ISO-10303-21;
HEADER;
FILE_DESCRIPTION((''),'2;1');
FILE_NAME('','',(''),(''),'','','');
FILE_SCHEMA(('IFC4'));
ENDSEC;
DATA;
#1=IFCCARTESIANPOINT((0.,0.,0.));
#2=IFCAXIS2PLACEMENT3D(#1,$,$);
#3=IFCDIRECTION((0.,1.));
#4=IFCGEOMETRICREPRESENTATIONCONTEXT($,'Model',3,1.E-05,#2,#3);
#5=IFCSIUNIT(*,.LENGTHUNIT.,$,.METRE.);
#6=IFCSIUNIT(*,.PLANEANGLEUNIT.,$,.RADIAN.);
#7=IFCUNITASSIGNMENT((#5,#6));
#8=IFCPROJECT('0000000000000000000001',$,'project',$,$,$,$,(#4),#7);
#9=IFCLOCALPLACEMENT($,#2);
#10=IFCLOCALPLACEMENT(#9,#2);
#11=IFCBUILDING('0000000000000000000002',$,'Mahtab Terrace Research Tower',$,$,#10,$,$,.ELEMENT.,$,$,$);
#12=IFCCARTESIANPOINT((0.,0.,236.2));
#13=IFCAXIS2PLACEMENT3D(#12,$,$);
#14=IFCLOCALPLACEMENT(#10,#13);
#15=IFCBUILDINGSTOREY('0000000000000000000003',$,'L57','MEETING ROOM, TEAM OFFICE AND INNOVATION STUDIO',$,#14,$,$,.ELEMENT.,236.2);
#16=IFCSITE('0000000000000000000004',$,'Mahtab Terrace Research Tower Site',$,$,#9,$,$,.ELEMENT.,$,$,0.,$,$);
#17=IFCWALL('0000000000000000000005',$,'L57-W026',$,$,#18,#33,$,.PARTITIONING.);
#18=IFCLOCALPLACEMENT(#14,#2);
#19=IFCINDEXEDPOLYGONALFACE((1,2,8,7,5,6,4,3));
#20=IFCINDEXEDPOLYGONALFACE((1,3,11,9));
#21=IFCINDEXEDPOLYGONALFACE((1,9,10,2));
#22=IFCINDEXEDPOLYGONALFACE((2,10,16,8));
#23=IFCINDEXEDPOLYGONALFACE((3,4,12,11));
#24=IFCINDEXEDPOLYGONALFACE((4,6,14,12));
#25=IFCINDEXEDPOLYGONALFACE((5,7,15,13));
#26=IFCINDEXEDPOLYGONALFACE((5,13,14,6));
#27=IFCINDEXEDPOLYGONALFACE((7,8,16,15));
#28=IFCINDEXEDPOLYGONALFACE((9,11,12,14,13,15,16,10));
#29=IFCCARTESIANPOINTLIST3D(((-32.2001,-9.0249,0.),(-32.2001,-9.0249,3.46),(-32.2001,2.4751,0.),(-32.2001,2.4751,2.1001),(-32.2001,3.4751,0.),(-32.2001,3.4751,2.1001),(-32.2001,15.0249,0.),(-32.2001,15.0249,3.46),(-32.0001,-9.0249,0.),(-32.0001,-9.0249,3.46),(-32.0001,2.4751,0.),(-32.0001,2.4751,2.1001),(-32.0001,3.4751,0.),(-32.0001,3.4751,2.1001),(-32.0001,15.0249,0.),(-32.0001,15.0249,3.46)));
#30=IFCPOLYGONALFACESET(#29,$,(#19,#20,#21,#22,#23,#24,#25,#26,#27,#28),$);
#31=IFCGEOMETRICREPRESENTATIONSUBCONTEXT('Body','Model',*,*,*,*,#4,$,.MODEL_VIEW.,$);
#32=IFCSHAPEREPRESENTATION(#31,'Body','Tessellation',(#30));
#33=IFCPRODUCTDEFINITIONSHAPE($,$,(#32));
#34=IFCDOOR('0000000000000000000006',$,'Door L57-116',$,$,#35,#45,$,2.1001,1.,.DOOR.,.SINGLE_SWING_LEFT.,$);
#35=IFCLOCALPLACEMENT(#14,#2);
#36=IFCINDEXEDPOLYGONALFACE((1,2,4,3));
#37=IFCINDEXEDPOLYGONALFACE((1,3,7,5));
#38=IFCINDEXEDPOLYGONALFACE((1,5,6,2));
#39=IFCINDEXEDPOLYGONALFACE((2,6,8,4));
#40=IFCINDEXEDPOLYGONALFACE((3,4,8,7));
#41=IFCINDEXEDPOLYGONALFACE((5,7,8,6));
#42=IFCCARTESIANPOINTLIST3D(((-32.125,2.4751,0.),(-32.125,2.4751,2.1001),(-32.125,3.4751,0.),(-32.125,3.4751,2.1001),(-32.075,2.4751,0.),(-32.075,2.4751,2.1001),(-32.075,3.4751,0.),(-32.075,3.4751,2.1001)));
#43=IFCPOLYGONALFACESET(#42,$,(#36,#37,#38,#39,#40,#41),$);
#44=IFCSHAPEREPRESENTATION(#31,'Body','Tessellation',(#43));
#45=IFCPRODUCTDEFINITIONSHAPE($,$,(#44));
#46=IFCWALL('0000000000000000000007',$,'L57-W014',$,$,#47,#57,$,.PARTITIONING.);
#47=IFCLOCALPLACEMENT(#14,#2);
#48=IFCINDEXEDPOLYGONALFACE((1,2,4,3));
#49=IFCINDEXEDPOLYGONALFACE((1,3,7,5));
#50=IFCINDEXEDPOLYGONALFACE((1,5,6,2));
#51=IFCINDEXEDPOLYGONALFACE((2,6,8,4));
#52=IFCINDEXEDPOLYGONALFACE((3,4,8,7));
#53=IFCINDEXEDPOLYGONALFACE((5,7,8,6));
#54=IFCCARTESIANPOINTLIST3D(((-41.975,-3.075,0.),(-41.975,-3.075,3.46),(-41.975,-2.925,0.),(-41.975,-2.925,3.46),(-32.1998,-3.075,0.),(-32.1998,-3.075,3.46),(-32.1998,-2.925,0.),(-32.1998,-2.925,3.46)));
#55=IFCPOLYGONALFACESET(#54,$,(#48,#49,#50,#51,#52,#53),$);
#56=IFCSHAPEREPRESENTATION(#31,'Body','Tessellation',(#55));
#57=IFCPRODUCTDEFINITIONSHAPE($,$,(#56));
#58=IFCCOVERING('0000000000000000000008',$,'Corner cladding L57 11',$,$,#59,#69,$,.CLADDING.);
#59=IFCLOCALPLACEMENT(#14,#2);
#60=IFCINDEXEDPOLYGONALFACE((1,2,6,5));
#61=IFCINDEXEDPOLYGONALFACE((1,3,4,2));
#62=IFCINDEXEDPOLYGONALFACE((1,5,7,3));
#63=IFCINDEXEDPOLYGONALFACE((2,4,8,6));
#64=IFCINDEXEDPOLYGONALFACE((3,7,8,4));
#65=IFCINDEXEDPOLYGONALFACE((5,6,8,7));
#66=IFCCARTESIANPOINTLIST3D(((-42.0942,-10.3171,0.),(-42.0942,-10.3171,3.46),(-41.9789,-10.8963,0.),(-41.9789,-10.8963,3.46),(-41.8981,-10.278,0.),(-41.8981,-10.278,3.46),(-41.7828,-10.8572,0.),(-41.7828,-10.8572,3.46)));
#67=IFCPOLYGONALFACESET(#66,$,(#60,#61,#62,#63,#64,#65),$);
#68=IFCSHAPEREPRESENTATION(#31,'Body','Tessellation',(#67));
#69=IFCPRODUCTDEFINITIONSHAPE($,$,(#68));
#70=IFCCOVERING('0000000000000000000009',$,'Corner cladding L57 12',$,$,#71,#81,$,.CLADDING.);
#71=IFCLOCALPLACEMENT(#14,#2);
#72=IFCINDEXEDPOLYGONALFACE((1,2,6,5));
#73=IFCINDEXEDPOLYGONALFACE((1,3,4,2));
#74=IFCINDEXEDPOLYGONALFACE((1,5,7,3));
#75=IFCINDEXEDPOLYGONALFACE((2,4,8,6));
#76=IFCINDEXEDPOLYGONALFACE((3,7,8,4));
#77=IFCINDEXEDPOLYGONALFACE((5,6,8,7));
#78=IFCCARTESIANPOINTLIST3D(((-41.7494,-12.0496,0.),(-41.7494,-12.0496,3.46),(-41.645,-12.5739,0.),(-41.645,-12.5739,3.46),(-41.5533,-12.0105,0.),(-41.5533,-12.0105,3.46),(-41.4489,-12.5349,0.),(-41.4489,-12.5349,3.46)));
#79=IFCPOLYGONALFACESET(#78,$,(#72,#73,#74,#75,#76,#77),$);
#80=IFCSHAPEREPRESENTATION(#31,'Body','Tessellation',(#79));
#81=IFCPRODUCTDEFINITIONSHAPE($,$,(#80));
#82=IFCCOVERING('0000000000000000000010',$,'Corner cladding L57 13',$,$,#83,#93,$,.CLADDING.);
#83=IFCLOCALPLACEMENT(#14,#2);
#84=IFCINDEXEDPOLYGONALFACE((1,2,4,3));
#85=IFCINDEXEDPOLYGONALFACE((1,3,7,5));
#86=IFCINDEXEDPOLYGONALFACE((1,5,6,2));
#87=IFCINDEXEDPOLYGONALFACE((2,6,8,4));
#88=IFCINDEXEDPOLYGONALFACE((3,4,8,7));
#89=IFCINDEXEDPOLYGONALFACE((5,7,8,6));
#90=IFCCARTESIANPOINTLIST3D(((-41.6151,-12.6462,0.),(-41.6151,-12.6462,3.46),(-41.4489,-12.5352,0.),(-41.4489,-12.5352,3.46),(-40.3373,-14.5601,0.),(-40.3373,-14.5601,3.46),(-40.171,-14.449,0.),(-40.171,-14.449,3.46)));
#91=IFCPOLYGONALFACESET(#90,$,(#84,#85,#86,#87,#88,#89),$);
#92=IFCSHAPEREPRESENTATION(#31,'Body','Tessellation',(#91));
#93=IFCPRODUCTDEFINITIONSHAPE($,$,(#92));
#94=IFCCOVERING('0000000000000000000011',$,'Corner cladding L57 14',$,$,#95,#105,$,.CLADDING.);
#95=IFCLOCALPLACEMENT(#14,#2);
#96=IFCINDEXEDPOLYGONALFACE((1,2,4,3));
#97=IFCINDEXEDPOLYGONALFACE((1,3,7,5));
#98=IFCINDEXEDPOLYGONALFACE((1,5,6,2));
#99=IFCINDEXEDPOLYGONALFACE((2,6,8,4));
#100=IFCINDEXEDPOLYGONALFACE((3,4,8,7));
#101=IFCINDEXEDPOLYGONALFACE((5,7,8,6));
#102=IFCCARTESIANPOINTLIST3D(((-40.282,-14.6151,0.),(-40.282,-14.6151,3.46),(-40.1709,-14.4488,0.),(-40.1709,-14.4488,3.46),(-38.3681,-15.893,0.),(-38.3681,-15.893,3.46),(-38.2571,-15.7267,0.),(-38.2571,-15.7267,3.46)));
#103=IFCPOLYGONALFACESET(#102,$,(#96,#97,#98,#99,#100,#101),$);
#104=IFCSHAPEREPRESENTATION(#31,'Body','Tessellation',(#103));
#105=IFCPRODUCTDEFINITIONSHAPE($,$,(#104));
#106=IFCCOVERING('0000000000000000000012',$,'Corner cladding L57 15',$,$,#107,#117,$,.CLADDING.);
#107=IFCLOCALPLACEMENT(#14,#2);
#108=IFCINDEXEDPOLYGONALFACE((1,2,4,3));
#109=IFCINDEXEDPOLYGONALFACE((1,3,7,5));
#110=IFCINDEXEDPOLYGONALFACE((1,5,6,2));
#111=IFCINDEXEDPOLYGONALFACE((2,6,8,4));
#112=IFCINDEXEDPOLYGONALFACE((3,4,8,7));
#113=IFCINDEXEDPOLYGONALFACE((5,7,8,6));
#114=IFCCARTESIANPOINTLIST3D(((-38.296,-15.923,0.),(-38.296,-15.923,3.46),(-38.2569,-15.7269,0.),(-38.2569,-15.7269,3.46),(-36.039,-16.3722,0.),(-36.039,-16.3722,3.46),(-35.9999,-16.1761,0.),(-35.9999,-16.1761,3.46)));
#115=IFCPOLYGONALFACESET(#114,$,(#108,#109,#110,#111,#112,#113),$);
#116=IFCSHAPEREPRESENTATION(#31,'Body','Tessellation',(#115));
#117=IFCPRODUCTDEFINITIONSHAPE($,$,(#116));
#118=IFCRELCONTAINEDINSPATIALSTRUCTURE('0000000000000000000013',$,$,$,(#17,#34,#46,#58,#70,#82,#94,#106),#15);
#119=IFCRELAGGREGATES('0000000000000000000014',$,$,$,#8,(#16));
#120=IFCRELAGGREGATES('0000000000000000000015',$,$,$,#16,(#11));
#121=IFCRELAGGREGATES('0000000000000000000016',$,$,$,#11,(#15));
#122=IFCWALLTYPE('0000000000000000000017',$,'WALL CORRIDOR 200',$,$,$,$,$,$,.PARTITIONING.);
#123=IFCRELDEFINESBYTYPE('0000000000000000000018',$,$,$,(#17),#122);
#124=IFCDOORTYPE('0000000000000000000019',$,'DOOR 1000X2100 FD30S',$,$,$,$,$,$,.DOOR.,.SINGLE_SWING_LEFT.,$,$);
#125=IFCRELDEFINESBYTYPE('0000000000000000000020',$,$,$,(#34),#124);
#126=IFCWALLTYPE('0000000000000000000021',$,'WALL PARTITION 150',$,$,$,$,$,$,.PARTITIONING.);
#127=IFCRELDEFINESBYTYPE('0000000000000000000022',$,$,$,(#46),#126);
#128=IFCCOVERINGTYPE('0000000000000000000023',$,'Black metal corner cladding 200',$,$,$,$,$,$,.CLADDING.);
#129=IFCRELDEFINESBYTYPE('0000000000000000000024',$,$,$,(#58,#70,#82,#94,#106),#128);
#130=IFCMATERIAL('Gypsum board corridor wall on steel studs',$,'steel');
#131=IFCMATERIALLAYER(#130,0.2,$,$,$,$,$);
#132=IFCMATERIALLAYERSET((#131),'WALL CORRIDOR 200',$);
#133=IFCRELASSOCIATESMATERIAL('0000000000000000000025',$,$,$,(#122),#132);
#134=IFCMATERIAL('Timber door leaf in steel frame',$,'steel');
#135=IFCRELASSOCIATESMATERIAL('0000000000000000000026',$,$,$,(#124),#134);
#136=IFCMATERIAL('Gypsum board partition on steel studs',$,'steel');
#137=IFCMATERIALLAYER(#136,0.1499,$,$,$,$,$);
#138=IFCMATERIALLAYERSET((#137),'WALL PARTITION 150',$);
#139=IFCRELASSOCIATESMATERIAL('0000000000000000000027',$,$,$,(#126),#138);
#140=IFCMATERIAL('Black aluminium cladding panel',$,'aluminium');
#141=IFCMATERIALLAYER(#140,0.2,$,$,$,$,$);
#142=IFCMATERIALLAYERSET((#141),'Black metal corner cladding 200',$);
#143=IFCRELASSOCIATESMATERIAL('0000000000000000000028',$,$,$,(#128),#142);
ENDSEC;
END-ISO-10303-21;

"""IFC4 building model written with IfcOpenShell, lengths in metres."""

from ifc_helpers import new_model, si_unit, direction, frame, frame_2d, origin, origin_2d, place, context, subcontext, project, spatial, rectangle, extrude, material, layer, layer_set, type_object, element, fill, save


model = new_model("IFC4")

# Units and contexts
model_context = context("Model", 3, precision=1e-05, world=origin(), true_north=direction((0.0, 1.0)))
body_context = subcontext(model_context, "Body", "Model", "MODEL_VIEW")
ifc_project = project(units=[si_unit("LENGTHUNIT", "METRE"), si_unit("PLANEANGLEUNIT", "RADIAN")], contexts=[model_context])

# Site, building, storey
site_placement = place(None, origin())
site = spatial("IfcSite", under=ifc_project, at=site_placement, Name="Mahtab Terrace Research Tower Site", CompositionType="ELEMENT", RefElevation=0.0)
building_placement = place(site_placement, origin())
building = spatial("IfcBuilding", under=site, at=building_placement, Name="Mahtab Terrace Research Tower", CompositionType="ELEMENT")
storey_placement = place(building_placement, frame((0.0, 0.0, 236.2)))
storey = spatial("IfcBuildingStorey", under=building, at=storey_placement, Name="L57", Description="MEETING ROOM, TEAM OFFICE AND INNOVATION STUDIO", CompositionType="ELEMENT", Elevation=236.2)

# Wall, opening, door
ifc_material_1 = material(Name="Gypsum board corridor wall on steel studs", Category="steel")
ifc_layer_1 = layer(ifc_material_1, 0.2)
ifc_layer_set_1 = layer_set([ifc_layer_1], Name="WALL CORRIDOR 200")
wall_type_1 = type_object("IfcWallType", Name="WALL CORRIDOR 200", PredefinedType="PARTITIONING", material=ifc_layer_set_1)
ifc_material_2 = material(Name="Timber door leaf in steel frame", Category="steel")
door_type_1 = type_object("IfcDoorType", Name="DOOR 1000X2100 FD30S", OperationType="SINGLE_SWING_LEFT", PredefinedType="DOOR", material=ifc_material_2)
wall_1_placement = place(storey_placement, frame((-32.1001, -9.0249, 0.0), z_axis=(0.0, 0.0, 1.0), x_axis=(0.0, 1.0, 0.0)))
wall_1 = element("IfcWall", 1, at=wall_1_placement, inside=storey, type_object=wall_type_1, Name="L57-W026", PredefinedType="PARTITIONING", context=body_context, shape_type="SweptSolid", body=[
    extrude(rectangle(XDim=24.0498, YDim=0.2, at=frame_2d((12.0249, 0.0))), origin(), (0.0, 0.0, 1.0), 3.46),
])
opening_1_placement = place(wall_1_placement, frame((11.5, 0.0, 0.0)))
opening_1 = element("IfcOpeningElement", 2, at=opening_1_placement, cuts=wall_1, PredefinedType="OPENING", context=body_context, shape_type="SweptSolid", body=[
    extrude(rectangle(XDim=1.0, YDim=2.1001, at=frame_2d((0.5, 1.05))), frame((0.0, 0.1099, 0.0), z_axis=(0.0, -1.0, 0.0), x_axis=(1.0, 0.0, 0.0)), (0.0, 0.0, 1.0), 0.22),
])
door_1_placement = place(opening_1_placement, origin())
door_1 = element("IfcDoor", 3, at=door_1_placement, inside=storey, type_object=door_type_1, Name="Door L57-116", OperationType="SINGLE_SWING_LEFT", OverallHeight=2.1001, OverallWidth=1.0, PredefinedType="DOOR", context=body_context, shape_type="SweptSolid", body=[
    extrude(rectangle(XDim=1.0, YDim=2.1001, at=frame_2d((0.5, 1.05))), frame((0.0, 0.0249, 0.0), z_axis=(0.0, -1.0, 0.0), x_axis=(1.0, 0.0, 0.0)), (0.0, 0.0, 1.0), 0.05),
])
fill(opening_1, door_1)

# Wall
ifc_material_3 = material(Name="Gypsum board partition on steel studs", Category="steel")
ifc_layer_2 = layer(ifc_material_3, 0.1499)
ifc_layer_set_2 = layer_set([ifc_layer_2], Name="WALL PARTITION 150")
wall_type_2 = type_object("IfcWallType", Name="WALL PARTITION 150", PredefinedType="PARTITIONING", material=ifc_layer_set_2)
wall_2_placement = place(storey_placement, frame((-41.9751, -3.0, 0.0), z_axis=(0.0, 0.0, 1.0), x_axis=(1.0, 0.0, 0.0)))
element("IfcWall", 4, at=wall_2_placement, inside=storey, type_object=wall_type_2, Name="L57-W014", PredefinedType="PARTITIONING", context=body_context, shape_type="SweptSolid", body=[
    extrude(rectangle(XDim=9.7751, YDim=0.1499, at=frame_2d((4.8877, 0.0))), origin(), (0.0, 0.0, 1.0), 3.46),
])

# Coverings
ifc_material_4 = material(Name="Black aluminium cladding panel", Category="aluminium")
ifc_layer_3 = layer(ifc_material_4, 0.2)
ifc_layer_set_3 = layer_set([ifc_layer_3], Name="Black metal corner cladding 200")
covering_type = type_object("IfcCoveringType", Name="Black metal corner cladding 200", PredefinedType="CLADDING", material=ifc_layer_set_3)
covering_1_placement = place(storey_placement, frame((-41.9385, -10.5872, 0.0), z_axis=(0.0, 0.0, 1.0), x_axis=(0.195212, -0.980761, 0.0)))
element("IfcCovering", 5, at=covering_1_placement, inside=storey, type_object=covering_type, Name="Corner cladding L57 11", PredefinedType="CLADDING", context=body_context, shape_type="SweptSolid", body=[
    extrude(rectangle(XDim=0.5906, YDim=0.2, at=origin_2d()), origin(), (0.0, 0.0, 1.0), 3.46),
])
covering_2_placement = place(storey_placement, frame((-41.5991, -12.2922, 0.0), z_axis=(0.0, 0.0, 1.0), x_axis=(0.195212, -0.980761, 0.0)))
element("IfcCovering", 6, at=covering_2_placement, inside=storey, type_object=covering_type, Name="Corner cladding L57 12", PredefinedType="CLADDING", context=body_context, shape_type="SweptSolid", body=[
    extrude(rectangle(XDim=0.5347, YDim=0.2, at=origin_2d()), origin(), (0.0, 0.0, 1.0), 3.46),
])
for number, where, z_axis, x_axis, name in (
    (7, (-40.8931, -13.5476, 0.0), (0.0, 0.0, 1.0), (0.555291, -0.831656, 0.0), "Corner cladding L57 13"),
    (8, (-39.2695, -15.1709, 0.0), (0.0, 0.0, 1.0), (0.831656, -0.555291, 0.0), "Corner cladding L57 14"),
    (9, (-37.1479, -16.0496, 0.0), (0.0, 0.0, 1.0), (0.980761, -0.195212, 0.0), "Corner cladding L57 15"),
):
    element("IfcCovering", number, at=place(storey_placement, frame(where, z_axis=z_axis, x_axis=x_axis)), inside=storey, type_object=covering_type, Name=name, PredefinedType="CLADDING", context=body_context, shape_type="SweptSolid", body=[
        extrude(rectangle(XDim=2.3013, YDim=0.2, at=origin_2d()), origin(), (0.0, 0.0, 1.0), 3.46),
    ])

save(model, "model.ifc")
